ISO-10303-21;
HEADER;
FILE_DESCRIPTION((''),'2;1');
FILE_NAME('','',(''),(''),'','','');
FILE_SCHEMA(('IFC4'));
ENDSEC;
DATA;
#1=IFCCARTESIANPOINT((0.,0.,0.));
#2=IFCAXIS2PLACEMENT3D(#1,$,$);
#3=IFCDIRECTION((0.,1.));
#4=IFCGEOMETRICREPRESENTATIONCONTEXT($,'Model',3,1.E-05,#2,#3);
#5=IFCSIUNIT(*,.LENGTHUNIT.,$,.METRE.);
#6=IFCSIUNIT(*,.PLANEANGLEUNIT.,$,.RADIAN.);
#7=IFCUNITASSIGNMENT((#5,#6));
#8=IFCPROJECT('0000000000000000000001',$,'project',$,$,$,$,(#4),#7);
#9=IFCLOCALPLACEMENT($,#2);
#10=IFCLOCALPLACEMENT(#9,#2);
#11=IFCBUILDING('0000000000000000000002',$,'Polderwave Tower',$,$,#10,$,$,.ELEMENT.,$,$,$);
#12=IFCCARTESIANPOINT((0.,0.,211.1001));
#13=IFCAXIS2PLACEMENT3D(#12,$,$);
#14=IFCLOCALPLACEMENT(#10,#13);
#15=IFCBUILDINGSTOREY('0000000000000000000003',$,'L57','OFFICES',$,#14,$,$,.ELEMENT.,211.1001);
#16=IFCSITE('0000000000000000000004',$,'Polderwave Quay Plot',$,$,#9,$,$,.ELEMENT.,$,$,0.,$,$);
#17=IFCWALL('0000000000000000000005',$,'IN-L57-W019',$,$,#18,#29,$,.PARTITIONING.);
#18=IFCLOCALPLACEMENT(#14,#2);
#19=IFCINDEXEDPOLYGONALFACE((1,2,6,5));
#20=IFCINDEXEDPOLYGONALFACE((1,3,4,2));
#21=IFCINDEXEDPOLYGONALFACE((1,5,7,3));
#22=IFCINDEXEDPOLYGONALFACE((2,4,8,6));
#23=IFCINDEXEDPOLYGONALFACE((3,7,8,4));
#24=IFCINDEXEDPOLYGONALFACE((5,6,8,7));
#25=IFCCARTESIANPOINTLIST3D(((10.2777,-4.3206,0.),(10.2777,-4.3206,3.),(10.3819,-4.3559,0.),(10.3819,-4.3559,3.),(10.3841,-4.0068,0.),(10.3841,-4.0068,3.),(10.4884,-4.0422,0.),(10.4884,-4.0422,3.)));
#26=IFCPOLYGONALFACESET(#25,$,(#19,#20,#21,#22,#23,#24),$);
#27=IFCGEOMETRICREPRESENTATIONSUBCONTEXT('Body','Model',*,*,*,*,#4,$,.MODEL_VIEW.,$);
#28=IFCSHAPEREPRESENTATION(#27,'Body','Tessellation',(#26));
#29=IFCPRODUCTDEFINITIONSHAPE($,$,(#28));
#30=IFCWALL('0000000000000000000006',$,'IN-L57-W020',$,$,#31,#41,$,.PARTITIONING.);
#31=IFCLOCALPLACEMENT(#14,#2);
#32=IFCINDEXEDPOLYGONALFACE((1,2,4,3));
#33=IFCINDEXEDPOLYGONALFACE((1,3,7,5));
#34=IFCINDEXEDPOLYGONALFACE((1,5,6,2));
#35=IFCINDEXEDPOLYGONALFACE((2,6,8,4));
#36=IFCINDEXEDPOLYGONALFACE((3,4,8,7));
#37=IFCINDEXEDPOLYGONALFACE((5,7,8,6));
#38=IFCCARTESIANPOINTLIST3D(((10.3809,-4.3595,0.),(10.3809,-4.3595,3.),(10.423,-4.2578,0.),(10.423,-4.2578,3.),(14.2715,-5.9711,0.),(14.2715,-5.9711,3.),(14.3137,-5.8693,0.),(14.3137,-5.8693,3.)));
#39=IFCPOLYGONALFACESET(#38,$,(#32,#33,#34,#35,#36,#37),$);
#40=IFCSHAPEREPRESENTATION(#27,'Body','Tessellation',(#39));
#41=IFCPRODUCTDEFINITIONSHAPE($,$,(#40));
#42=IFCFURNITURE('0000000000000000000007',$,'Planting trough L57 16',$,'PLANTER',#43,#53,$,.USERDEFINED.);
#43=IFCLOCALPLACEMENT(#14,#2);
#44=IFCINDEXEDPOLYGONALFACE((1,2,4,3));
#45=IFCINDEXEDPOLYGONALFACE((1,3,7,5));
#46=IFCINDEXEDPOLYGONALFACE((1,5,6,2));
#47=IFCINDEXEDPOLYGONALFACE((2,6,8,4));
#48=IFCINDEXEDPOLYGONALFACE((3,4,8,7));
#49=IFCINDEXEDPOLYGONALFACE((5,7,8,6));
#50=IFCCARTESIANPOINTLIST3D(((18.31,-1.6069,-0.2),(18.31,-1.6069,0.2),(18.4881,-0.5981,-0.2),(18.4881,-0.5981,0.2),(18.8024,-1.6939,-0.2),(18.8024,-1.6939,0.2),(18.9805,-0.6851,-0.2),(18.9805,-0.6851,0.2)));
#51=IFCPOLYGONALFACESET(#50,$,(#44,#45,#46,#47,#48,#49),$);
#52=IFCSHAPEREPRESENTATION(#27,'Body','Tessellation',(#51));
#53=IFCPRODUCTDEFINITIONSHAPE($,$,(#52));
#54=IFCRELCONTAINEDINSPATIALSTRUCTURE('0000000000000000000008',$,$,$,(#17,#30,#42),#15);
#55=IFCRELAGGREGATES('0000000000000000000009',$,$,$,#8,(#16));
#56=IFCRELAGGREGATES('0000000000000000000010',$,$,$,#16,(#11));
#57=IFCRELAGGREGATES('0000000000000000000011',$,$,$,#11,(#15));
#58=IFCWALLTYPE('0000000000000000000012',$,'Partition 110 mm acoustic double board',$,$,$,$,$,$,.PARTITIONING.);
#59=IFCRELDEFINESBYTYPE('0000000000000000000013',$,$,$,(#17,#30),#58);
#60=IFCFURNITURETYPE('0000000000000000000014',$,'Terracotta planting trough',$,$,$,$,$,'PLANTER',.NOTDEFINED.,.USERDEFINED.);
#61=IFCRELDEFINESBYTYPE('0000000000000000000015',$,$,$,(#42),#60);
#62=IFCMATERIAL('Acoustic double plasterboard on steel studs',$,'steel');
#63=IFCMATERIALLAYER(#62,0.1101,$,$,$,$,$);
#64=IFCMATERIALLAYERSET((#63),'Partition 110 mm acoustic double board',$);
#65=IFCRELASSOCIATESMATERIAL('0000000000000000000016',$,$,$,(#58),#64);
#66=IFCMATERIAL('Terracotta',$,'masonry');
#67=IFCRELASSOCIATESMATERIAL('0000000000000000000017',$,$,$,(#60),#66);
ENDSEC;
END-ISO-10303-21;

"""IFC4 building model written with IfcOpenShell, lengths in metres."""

from ifc_helpers import new_model, si_unit, direction, frame, frame_2d, origin, origin_2d, place, context, subcontext, project, spatial, rectangle, extrude, material, layer, layer_set, type_object, element, save


model = new_model("IFC4")

# Units and contexts
model_context = context("Model", 3, precision=1e-05, world=origin(), true_north=direction((0.0, 1.0)))
body_context = subcontext(model_context, "Body", "Model", "MODEL_VIEW")
ifc_project = project(units=[si_unit("LENGTHUNIT", "METRE"), si_unit("PLANEANGLEUNIT", "RADIAN")], contexts=[model_context])

# Site, building, storey
site_placement = place(None, origin())
site = spatial("IfcSite", under=ifc_project, at=site_placement, Name="Polderwave Quay Plot", CompositionType="ELEMENT", RefElevation=0.0)
building_placement = place(site_placement, origin())
building = spatial("IfcBuilding", under=site, at=building_placement, Name="Polderwave Tower", CompositionType="ELEMENT")
storey_placement = place(building_placement, frame((0.0, 0.0, 211.1001)))
storey = spatial("IfcBuildingStorey", under=building, at=storey_placement, Name="L57", Description="OFFICES", CompositionType="ELEMENT", Elevation=211.1001)

# Walls
ifc_material_1 = material(Name="Acoustic double plasterboard on steel studs", Category="steel")
ifc_layer_1 = layer(ifc_material_1, 0.1101)
ifc_layer_set_1 = layer_set([ifc_layer_1], Name="Partition 110 mm acoustic double board")
wall_type_1 = type_object("IfcWallType", Name="Partition 110 mm acoustic double board", PredefinedType="PARTITIONING", material=ifc_layer_set_1)
wall_1_placement = place(storey_placement, frame((10.3298, -4.3381, 0.0), z_axis=(0.0, 0.0, 1.0), x_axis=(0.321308, 0.946975, 0.0)))
element("IfcWall", 1, at=wall_1_placement, inside=storey, type_object=wall_type_1, Name="IN-L57-W019", PredefinedType="PARTITIONING", context=body_context, shape_type="SweptSolid", body=[
    extrude(rectangle(XDim=0.3313, YDim=0.1101, at=frame_2d((0.1655, 0.0))), origin(), (0.0, 0.0, 1.0), 3.0),
])
wall_2_placement = place(storey_placement, frame((14.2925, -5.9202, 0.0), z_axis=(0.0, 0.0, 1.0), x_axis=(-0.923878, 0.382688, 0.0)))
element("IfcWall", 2, at=wall_2_placement, inside=storey, type_object=wall_type_1, Name="IN-L57-W020", PredefinedType="PARTITIONING", context=body_context, shape_type="SweptSolid", body=[
    extrude(rectangle(XDim=4.2112, YDim=0.1101, at=frame_2d((2.1055, 0.0))), origin(), (0.0, 0.0, 1.0), 3.0),
])

# Furniture
ifc_material_2 = material(Name="Terracotta", Category="masonry")
furniture_type = type_object("IfcFurnitureType", Name="Terracotta planting trough", ElementType="PLANTER", AssemblyPlace="NOTDEFINED", PredefinedType="USERDEFINED", material=ifc_material_2)
furniture_placement = place(storey_placement, frame((18.6453, -1.146, -0.2), z_axis=(0.0, 0.0, 1.0), x_axis=(0.173906, 0.984762, 0.0)))
element("IfcFurniture", 3, at=furniture_placement, inside=storey, type_object=furniture_type, Name="Planting trough L57 16", ObjectType="PLANTER", PredefinedType="USERDEFINED", context=body_context, shape_type="SweptSolid", body=[
    extrude(rectangle(XDim=1.0244, YDim=0.5, at=origin_2d()), origin(), (0.0, 0.0, 1.0), 0.3999),
])

save(model, "model.ifc")
